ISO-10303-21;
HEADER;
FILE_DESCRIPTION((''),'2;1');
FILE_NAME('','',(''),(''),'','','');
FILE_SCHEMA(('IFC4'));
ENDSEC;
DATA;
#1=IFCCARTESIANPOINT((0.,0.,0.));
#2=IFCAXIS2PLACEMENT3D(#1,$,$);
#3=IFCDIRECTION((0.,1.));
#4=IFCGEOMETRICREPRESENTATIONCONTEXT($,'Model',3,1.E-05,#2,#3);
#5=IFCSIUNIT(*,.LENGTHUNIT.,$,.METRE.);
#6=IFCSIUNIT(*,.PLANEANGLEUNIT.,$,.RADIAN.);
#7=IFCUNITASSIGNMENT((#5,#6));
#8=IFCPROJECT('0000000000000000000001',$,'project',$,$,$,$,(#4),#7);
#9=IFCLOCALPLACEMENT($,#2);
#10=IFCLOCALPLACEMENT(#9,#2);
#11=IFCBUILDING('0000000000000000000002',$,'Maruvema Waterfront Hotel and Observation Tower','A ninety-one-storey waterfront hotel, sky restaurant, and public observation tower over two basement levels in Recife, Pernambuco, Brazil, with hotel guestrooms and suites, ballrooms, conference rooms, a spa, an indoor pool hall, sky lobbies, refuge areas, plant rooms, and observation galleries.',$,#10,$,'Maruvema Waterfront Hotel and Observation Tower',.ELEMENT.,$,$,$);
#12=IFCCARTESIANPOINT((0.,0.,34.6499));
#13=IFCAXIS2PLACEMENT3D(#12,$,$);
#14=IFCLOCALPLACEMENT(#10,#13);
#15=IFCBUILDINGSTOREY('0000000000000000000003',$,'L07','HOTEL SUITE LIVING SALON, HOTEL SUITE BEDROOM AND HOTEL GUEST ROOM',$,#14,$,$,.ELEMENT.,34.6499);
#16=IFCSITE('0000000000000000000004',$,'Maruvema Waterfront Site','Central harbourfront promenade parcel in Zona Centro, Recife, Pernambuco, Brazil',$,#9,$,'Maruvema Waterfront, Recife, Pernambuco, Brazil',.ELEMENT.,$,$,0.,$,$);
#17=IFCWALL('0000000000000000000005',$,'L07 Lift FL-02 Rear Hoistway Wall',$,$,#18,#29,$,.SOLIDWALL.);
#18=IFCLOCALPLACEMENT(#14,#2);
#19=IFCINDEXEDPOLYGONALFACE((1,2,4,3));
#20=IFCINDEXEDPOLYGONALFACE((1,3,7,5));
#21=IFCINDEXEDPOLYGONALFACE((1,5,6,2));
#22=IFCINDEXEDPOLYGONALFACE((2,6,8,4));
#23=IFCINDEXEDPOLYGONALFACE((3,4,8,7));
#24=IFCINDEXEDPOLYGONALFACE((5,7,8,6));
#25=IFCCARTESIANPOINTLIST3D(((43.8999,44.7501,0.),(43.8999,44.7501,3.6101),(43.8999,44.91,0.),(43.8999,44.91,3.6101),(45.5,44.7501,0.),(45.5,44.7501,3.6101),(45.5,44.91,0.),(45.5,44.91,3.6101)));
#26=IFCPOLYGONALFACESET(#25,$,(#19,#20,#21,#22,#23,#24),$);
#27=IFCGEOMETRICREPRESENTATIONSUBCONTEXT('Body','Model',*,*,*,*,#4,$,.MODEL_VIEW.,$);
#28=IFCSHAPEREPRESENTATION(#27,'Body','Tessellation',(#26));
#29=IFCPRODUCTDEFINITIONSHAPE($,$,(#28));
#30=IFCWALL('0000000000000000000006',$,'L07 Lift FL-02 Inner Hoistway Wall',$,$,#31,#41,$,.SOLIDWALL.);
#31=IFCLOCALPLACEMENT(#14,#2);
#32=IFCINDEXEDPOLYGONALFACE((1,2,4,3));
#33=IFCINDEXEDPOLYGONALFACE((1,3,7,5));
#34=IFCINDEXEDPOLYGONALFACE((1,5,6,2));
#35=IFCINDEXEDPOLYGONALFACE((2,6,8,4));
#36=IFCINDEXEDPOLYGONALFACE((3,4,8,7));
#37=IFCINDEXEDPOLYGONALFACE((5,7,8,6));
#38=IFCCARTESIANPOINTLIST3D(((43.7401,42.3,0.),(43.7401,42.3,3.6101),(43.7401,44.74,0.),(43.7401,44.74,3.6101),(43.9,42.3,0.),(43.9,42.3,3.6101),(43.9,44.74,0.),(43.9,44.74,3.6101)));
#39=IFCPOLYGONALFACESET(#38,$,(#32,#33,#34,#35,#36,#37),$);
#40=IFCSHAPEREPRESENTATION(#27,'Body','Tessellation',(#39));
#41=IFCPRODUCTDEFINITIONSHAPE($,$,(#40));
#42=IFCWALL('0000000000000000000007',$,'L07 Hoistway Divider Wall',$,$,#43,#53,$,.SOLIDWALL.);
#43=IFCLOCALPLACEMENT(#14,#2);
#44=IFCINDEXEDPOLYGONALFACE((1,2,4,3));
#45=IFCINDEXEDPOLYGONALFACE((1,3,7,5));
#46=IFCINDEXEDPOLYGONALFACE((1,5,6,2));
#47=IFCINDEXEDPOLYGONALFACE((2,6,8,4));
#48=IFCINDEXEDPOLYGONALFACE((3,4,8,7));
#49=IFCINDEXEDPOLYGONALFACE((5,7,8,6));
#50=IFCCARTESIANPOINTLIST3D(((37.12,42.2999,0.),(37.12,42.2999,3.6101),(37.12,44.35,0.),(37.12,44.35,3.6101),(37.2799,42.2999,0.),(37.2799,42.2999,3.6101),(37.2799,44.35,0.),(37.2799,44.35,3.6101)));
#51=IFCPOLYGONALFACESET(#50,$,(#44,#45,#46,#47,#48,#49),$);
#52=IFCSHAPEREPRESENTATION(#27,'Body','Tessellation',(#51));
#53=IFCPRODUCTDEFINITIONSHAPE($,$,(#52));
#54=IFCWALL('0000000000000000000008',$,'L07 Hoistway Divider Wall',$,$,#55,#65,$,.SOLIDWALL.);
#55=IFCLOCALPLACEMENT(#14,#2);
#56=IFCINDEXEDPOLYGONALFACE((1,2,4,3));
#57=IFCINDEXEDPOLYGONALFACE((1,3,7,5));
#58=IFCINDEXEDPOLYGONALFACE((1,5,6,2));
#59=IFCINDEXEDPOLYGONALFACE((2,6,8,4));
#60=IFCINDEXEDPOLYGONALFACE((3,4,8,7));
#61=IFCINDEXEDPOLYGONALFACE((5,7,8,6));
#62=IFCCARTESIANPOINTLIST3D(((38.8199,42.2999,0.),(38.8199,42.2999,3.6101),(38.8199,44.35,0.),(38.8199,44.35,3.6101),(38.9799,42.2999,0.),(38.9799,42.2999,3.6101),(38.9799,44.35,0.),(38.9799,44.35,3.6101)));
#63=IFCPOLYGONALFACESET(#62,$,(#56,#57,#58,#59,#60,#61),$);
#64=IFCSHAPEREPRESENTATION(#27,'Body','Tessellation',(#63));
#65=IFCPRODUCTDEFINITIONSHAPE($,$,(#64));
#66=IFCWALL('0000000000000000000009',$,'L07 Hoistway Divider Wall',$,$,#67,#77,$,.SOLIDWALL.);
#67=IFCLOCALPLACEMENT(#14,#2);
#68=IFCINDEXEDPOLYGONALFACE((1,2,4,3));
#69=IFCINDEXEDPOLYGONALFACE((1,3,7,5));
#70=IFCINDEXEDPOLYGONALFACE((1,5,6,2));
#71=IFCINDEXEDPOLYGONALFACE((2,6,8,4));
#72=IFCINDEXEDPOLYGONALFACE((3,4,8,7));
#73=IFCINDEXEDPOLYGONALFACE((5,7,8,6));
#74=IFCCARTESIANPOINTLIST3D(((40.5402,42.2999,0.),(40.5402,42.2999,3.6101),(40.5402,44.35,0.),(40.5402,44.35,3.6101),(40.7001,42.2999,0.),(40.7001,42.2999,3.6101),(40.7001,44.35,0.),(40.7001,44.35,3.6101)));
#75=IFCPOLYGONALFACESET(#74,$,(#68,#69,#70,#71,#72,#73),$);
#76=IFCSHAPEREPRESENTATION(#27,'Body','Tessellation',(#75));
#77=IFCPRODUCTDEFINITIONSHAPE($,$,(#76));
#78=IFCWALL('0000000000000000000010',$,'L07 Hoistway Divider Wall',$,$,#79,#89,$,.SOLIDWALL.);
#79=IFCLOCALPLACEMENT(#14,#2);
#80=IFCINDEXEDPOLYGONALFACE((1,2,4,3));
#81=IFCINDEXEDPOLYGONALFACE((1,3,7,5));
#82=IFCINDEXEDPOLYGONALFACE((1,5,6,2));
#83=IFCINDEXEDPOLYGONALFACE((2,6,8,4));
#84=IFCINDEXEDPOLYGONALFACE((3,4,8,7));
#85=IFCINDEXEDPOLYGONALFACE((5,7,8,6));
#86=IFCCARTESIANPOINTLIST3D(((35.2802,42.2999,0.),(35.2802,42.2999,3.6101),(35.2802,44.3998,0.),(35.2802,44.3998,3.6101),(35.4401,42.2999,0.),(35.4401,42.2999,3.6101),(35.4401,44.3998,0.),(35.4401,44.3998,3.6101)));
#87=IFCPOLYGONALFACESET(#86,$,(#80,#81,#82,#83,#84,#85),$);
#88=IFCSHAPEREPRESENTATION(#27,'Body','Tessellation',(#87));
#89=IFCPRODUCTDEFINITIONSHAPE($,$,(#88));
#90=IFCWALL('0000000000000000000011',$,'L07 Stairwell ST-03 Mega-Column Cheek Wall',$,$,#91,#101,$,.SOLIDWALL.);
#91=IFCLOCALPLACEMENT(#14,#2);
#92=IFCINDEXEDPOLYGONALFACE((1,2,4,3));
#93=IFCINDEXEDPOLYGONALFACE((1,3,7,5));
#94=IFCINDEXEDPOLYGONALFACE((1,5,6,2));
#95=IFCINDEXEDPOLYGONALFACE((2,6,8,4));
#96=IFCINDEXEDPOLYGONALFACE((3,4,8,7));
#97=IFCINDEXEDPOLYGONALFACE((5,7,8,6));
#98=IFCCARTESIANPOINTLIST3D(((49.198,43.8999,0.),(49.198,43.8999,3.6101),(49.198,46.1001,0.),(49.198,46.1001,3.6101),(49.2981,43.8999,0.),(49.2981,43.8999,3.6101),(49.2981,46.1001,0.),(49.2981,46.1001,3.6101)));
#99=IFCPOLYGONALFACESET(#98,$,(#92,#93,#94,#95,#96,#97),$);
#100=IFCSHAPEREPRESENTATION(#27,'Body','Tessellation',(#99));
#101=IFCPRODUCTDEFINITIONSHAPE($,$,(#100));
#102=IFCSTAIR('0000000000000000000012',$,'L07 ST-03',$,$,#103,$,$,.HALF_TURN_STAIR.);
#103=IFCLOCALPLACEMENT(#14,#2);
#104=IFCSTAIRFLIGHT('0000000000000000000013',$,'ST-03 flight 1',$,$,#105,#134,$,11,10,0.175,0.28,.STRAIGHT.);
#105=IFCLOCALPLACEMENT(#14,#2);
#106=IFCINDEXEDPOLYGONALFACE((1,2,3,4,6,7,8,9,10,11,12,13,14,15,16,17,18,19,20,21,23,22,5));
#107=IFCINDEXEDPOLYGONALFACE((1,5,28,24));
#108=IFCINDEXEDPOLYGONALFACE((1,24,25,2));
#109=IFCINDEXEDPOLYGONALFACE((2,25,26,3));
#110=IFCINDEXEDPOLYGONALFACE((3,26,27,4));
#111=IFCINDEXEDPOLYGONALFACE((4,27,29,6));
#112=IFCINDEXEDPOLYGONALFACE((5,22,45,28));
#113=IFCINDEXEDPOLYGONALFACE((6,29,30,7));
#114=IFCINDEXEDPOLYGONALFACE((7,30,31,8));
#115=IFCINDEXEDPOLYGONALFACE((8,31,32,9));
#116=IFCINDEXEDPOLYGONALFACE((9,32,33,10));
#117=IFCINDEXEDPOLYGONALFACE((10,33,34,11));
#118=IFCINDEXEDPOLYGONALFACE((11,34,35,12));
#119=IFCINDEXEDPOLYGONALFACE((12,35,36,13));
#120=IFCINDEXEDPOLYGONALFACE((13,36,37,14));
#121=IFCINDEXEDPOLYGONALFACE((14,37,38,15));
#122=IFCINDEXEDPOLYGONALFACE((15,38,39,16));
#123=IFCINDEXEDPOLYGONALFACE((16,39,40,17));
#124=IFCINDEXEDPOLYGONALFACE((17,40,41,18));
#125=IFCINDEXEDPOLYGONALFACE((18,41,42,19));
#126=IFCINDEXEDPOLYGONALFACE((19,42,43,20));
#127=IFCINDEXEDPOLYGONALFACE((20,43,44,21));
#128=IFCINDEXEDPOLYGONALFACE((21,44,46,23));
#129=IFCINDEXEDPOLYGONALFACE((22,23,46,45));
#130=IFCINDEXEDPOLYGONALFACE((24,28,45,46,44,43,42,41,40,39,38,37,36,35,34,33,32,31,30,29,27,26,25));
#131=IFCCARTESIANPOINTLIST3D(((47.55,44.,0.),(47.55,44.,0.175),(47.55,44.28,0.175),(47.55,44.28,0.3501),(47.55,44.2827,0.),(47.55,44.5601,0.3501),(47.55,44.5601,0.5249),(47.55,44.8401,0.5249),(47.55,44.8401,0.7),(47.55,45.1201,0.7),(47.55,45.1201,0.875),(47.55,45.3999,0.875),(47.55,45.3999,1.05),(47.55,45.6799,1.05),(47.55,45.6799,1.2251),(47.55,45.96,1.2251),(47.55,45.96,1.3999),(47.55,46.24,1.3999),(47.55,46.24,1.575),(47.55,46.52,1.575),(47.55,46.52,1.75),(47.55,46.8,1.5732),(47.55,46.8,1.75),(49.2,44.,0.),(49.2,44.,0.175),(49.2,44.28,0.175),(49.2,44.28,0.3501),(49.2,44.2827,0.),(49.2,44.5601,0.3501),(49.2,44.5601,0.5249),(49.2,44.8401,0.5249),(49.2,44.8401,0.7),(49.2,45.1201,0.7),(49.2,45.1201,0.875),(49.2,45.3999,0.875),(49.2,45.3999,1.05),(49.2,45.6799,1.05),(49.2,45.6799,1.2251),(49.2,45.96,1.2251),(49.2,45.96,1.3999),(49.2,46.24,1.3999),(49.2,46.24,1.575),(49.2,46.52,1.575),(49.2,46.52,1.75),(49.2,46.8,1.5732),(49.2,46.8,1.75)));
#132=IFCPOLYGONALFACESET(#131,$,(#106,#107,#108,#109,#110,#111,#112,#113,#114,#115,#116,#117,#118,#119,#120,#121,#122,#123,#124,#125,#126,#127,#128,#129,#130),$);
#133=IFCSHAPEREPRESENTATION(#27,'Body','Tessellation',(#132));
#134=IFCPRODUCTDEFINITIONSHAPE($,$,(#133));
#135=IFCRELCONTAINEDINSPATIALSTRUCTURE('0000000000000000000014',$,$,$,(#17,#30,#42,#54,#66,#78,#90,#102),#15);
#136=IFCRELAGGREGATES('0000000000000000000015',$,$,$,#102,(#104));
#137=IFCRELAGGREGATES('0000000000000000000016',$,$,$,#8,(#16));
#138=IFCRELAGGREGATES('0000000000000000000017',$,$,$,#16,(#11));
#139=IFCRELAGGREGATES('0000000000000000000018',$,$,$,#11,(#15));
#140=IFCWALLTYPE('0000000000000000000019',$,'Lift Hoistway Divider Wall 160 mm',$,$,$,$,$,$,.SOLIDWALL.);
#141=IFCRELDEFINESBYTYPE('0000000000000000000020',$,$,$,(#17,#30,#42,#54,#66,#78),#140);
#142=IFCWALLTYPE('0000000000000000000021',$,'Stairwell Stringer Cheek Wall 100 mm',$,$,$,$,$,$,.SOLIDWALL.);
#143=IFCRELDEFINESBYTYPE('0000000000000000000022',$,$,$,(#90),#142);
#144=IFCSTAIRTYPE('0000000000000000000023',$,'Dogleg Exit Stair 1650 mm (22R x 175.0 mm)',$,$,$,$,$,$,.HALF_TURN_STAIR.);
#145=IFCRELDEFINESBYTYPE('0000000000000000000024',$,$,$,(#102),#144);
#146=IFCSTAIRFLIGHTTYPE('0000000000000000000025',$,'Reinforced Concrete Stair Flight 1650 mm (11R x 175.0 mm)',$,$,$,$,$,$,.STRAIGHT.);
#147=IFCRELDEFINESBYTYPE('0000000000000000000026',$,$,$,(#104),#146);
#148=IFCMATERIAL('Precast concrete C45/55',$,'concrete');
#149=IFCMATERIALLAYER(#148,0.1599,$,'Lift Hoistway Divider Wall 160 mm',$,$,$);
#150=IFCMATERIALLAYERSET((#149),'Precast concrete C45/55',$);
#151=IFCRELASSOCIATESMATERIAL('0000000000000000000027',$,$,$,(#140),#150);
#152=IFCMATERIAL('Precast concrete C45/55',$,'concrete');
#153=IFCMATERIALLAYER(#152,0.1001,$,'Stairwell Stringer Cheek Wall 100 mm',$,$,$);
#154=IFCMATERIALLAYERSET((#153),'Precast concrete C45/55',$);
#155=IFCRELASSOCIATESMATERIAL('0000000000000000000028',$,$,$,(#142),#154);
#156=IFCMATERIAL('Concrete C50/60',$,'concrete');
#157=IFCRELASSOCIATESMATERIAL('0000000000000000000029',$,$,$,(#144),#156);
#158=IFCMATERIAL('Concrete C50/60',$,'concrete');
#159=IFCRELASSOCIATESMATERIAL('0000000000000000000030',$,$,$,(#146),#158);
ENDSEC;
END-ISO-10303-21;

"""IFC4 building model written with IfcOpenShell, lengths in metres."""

from ifc_helpers import new_model, si_unit, direction, frame, frame_2d, origin, place, context, subcontext, project, spatial, polyline, rectangle, outline, extrude, material, layer, layer_set, type_object, element, aggregate, save


model = new_model("IFC4")

# Units and contexts
model_context = context("Model", 3, precision=1e-05, world=origin(), true_north=direction((0.0, 1.0)))
body_context = subcontext(model_context, "Body", "Model", "MODEL_VIEW")
ifc_project = project(units=[si_unit("LENGTHUNIT", "METRE"), si_unit("PLANEANGLEUNIT", "RADIAN")], contexts=[model_context])

# Site, building, storey
site_placement = place(None, origin())
site = spatial("IfcSite", under=ifc_project, at=site_placement, Name="Maruvema Waterfront Site", Description="Central harbourfront promenade parcel in Zona Centro, Recife, Pernambuco, Brazil", LongName="Maruvema Waterfront, Recife, Pernambuco, Brazil", CompositionType="ELEMENT", RefElevation=0.0)
building_placement = place(site_placement, origin())
building = spatial("IfcBuilding", under=site, at=building_placement, Name="Maruvema Waterfront Hotel and Observation Tower", Description="A ninety-one-storey waterfront hotel, sky restaurant, and public observation tower over two basement levels in Recife, Pernambuco, Brazil, with hotel guestrooms and suites, ballrooms, conference rooms, a spa, an indoor pool hall, sky lobbies, refuge areas, plant rooms, and observation galleries.", LongName="Maruvema Waterfront Hotel and Observation Tower", CompositionType="ELEMENT")
storey_placement = place(building_placement, frame((0.0, 0.0, 34.6499)))
storey = spatial("IfcBuildingStorey", under=building, at=storey_placement, Name="L07", Description="HOTEL SUITE LIVING SALON, HOTEL SUITE BEDROOM AND HOTEL GUEST ROOM", CompositionType="ELEMENT", Elevation=34.6499)

# Walls
ifc_material_1 = material(Name="Precast concrete C45/55", Category="concrete")
ifc_layer_1 = layer(ifc_material_1, 0.1599, Name="Lift Hoistway Divider Wall 160 mm")
ifc_layer_set_1 = layer_set([ifc_layer_1], Name="Precast concrete C45/55")
wall_type_1 = type_object("IfcWallType", Name="Lift Hoistway Divider Wall 160 mm", PredefinedType="SOLIDWALL", material=ifc_layer_set_1)
wall_1_placement = place(storey_placement, frame((43.8999, 44.8301, 0.0), z_axis=(0.0, 0.0, 1.0), x_axis=(1.0, 0.0, 0.0)))
element("IfcWall", 1, at=wall_1_placement, inside=storey, type_object=wall_type_1, Name="L07 Lift FL-02 Rear Hoistway Wall", PredefinedType="SOLIDWALL", context=body_context, shape_type="SweptSolid", body=[
    extrude(rectangle(XDim=1.6001, YDim=0.1599, at=frame_2d((0.8, 0.0))), origin(), (0.0, 0.0, 1.0), 3.6101),
])
wall_2_placement = place(storey_placement, frame((43.8201, 42.3, 0.0), z_axis=(0.0, 0.0, 1.0), x_axis=(0.0, 1.0, 0.0)))
element("IfcWall", 2, at=wall_2_placement, inside=storey, type_object=wall_type_1, Name="L07 Lift FL-02 Inner Hoistway Wall", PredefinedType="SOLIDWALL", context=body_context, shape_type="SweptSolid", body=[
    extrude(rectangle(XDim=2.4399, YDim=0.1599, at=frame_2d((1.22, 0.0))), origin(), (0.0, 0.0, 1.0), 3.6101),
])
for number, where, z_axis, x_axis, name in (
    (3, (37.2, 42.3, 0.0), (0.0, 0.0, 1.0), (0.0, 1.0, 0.0), "L07 Hoistway Divider Wall"),
    (4, (38.8999, 42.3, 0.0), (0.0, 0.0, 1.0), (0.0, 1.0, 0.0), "L07 Hoistway Divider Wall"),
    (5, (40.6201, 42.3, 0.0), (0.0, 0.0, 1.0), (0.0, 1.0, 0.0), "L07 Hoistway Divider Wall"),
):
    element("IfcWall", number, at=place(storey_placement, frame(where, z_axis=z_axis, x_axis=x_axis)), inside=storey, type_object=wall_type_1, Name=name, PredefinedType="SOLIDWALL", context=body_context, shape_type="SweptSolid", body=[
        extrude(rectangle(XDim=2.05, YDim=0.1599, at=frame_2d((1.0249, 0.0))), origin(), (0.0, 0.0, 1.0), 3.6101),
    ])
wall_3_placement = place(storey_placement, frame((35.3601, 42.3, 0.0), z_axis=(0.0, 0.0, 1.0), x_axis=(0.0, 1.0, 0.0)))
element("IfcWall", 6, at=wall_3_placement, inside=storey, type_object=wall_type_1, Name="L07 Hoistway Divider Wall", PredefinedType="SOLIDWALL", context=body_context, shape_type="SweptSolid", body=[
    extrude(rectangle(XDim=2.0999, YDim=0.1599, at=frame_2d((1.0498, 0.0))), origin(), (0.0, 0.0, 1.0), 3.6101),
])
ifc_material_2 = material(Name="Precast concrete C45/55", Category="concrete")
ifc_layer_2 = layer(ifc_material_2, 0.1001, Name="Stairwell Stringer Cheek Wall 100 mm")
ifc_layer_set_2 = layer_set([ifc_layer_2], Name="Precast concrete C45/55")
wall_type_2 = type_object("IfcWallType", Name="Stairwell Stringer Cheek Wall 100 mm", PredefinedType="SOLIDWALL", material=ifc_layer_set_2)
wall_4_placement = place(storey_placement, frame((49.248, 43.8999, 0.0), z_axis=(0.0, 0.0, 1.0), x_axis=(0.0, 1.0, 0.0)))
element("IfcWall", 7, at=wall_4_placement, inside=storey, type_object=wall_type_2, Name="L07 Stairwell ST-03 Mega-Column Cheek Wall", PredefinedType="SOLIDWALL", context=body_context, shape_type="SweptSolid", body=[
    extrude(rectangle(XDim=2.2002, YDim=0.1001, at=frame_2d((1.1001, 0.0))), origin(), (0.0, 0.0, 1.0), 3.6101),
])

# Stair, stair flight
ifc_material_3 = material(Name="Concrete C50/60", Category="concrete")
stair_type = type_object("IfcStairType", Name="Dogleg Exit Stair 1650 mm (22R x 175.0 mm)", PredefinedType="HALF_TURN_STAIR", material=ifc_material_3)
stair_placement = place(storey_placement, origin())
stair = element("IfcStair", 8, at=stair_placement, inside=storey, type_object=stair_type, Name="L07 ST-03", PredefinedType="HALF_TURN_STAIR")
ifc_material_4 = material(Name="Concrete C50/60", Category="concrete")
stair_flight_type = type_object("IfcStairFlightType", Name="Reinforced Concrete Stair Flight 1650 mm (11R x 175.0 mm)", PredefinedType="STRAIGHT", material=ifc_material_4)
stair_flight_placement = place(storey_placement, frame((48.375, 44.0, 0.0), z_axis=(0.0, 0.0, 1.0), x_axis=(0.0, 1.0, 0.0)))
stair_flight = element("IfcStairFlight", 9, at=stair_flight_placement, type_object=stair_flight_type, Name="ST-03 flight 1", NumberOfRisers=11, NumberOfTreads=10, PredefinedType="STRAIGHT", RiserHeight=0.175, TreadLength=0.28, context=body_context, shape_type="SweptSolid", body=[
    extrude(outline(polyline([(0.0, 0.0), (0.0, 0.175), (0.28, 0.175), (0.28, 0.3501), (0.5601, 0.3501), (0.5601, 0.5249), (0.8401, 0.5249), (0.8401, 0.7), (1.1201, 0.7), (1.1201, 0.875), (1.3999, 0.875), (1.3999, 1.05), (1.6799, 1.05), (1.6799, 1.2251), (1.96, 1.2251), (1.96, 1.3999), (2.24, 1.3999), (2.24, 1.575), (2.52, 1.575), (2.52, 1.75), (2.8, 1.75), (2.8, 1.925), (2.8, 1.5732), (0.2827, 0.0), (0.0, 0.0)])), frame((0.0, 0.825, 0.0), z_axis=(0.0, -1.0, 0.0), x_axis=(1.0, 0.0, 0.0)), (0.0, 0.0, 1.0), 1.6499),
])
aggregate(stair, [stair_flight])

save(model, "model.ifc")
